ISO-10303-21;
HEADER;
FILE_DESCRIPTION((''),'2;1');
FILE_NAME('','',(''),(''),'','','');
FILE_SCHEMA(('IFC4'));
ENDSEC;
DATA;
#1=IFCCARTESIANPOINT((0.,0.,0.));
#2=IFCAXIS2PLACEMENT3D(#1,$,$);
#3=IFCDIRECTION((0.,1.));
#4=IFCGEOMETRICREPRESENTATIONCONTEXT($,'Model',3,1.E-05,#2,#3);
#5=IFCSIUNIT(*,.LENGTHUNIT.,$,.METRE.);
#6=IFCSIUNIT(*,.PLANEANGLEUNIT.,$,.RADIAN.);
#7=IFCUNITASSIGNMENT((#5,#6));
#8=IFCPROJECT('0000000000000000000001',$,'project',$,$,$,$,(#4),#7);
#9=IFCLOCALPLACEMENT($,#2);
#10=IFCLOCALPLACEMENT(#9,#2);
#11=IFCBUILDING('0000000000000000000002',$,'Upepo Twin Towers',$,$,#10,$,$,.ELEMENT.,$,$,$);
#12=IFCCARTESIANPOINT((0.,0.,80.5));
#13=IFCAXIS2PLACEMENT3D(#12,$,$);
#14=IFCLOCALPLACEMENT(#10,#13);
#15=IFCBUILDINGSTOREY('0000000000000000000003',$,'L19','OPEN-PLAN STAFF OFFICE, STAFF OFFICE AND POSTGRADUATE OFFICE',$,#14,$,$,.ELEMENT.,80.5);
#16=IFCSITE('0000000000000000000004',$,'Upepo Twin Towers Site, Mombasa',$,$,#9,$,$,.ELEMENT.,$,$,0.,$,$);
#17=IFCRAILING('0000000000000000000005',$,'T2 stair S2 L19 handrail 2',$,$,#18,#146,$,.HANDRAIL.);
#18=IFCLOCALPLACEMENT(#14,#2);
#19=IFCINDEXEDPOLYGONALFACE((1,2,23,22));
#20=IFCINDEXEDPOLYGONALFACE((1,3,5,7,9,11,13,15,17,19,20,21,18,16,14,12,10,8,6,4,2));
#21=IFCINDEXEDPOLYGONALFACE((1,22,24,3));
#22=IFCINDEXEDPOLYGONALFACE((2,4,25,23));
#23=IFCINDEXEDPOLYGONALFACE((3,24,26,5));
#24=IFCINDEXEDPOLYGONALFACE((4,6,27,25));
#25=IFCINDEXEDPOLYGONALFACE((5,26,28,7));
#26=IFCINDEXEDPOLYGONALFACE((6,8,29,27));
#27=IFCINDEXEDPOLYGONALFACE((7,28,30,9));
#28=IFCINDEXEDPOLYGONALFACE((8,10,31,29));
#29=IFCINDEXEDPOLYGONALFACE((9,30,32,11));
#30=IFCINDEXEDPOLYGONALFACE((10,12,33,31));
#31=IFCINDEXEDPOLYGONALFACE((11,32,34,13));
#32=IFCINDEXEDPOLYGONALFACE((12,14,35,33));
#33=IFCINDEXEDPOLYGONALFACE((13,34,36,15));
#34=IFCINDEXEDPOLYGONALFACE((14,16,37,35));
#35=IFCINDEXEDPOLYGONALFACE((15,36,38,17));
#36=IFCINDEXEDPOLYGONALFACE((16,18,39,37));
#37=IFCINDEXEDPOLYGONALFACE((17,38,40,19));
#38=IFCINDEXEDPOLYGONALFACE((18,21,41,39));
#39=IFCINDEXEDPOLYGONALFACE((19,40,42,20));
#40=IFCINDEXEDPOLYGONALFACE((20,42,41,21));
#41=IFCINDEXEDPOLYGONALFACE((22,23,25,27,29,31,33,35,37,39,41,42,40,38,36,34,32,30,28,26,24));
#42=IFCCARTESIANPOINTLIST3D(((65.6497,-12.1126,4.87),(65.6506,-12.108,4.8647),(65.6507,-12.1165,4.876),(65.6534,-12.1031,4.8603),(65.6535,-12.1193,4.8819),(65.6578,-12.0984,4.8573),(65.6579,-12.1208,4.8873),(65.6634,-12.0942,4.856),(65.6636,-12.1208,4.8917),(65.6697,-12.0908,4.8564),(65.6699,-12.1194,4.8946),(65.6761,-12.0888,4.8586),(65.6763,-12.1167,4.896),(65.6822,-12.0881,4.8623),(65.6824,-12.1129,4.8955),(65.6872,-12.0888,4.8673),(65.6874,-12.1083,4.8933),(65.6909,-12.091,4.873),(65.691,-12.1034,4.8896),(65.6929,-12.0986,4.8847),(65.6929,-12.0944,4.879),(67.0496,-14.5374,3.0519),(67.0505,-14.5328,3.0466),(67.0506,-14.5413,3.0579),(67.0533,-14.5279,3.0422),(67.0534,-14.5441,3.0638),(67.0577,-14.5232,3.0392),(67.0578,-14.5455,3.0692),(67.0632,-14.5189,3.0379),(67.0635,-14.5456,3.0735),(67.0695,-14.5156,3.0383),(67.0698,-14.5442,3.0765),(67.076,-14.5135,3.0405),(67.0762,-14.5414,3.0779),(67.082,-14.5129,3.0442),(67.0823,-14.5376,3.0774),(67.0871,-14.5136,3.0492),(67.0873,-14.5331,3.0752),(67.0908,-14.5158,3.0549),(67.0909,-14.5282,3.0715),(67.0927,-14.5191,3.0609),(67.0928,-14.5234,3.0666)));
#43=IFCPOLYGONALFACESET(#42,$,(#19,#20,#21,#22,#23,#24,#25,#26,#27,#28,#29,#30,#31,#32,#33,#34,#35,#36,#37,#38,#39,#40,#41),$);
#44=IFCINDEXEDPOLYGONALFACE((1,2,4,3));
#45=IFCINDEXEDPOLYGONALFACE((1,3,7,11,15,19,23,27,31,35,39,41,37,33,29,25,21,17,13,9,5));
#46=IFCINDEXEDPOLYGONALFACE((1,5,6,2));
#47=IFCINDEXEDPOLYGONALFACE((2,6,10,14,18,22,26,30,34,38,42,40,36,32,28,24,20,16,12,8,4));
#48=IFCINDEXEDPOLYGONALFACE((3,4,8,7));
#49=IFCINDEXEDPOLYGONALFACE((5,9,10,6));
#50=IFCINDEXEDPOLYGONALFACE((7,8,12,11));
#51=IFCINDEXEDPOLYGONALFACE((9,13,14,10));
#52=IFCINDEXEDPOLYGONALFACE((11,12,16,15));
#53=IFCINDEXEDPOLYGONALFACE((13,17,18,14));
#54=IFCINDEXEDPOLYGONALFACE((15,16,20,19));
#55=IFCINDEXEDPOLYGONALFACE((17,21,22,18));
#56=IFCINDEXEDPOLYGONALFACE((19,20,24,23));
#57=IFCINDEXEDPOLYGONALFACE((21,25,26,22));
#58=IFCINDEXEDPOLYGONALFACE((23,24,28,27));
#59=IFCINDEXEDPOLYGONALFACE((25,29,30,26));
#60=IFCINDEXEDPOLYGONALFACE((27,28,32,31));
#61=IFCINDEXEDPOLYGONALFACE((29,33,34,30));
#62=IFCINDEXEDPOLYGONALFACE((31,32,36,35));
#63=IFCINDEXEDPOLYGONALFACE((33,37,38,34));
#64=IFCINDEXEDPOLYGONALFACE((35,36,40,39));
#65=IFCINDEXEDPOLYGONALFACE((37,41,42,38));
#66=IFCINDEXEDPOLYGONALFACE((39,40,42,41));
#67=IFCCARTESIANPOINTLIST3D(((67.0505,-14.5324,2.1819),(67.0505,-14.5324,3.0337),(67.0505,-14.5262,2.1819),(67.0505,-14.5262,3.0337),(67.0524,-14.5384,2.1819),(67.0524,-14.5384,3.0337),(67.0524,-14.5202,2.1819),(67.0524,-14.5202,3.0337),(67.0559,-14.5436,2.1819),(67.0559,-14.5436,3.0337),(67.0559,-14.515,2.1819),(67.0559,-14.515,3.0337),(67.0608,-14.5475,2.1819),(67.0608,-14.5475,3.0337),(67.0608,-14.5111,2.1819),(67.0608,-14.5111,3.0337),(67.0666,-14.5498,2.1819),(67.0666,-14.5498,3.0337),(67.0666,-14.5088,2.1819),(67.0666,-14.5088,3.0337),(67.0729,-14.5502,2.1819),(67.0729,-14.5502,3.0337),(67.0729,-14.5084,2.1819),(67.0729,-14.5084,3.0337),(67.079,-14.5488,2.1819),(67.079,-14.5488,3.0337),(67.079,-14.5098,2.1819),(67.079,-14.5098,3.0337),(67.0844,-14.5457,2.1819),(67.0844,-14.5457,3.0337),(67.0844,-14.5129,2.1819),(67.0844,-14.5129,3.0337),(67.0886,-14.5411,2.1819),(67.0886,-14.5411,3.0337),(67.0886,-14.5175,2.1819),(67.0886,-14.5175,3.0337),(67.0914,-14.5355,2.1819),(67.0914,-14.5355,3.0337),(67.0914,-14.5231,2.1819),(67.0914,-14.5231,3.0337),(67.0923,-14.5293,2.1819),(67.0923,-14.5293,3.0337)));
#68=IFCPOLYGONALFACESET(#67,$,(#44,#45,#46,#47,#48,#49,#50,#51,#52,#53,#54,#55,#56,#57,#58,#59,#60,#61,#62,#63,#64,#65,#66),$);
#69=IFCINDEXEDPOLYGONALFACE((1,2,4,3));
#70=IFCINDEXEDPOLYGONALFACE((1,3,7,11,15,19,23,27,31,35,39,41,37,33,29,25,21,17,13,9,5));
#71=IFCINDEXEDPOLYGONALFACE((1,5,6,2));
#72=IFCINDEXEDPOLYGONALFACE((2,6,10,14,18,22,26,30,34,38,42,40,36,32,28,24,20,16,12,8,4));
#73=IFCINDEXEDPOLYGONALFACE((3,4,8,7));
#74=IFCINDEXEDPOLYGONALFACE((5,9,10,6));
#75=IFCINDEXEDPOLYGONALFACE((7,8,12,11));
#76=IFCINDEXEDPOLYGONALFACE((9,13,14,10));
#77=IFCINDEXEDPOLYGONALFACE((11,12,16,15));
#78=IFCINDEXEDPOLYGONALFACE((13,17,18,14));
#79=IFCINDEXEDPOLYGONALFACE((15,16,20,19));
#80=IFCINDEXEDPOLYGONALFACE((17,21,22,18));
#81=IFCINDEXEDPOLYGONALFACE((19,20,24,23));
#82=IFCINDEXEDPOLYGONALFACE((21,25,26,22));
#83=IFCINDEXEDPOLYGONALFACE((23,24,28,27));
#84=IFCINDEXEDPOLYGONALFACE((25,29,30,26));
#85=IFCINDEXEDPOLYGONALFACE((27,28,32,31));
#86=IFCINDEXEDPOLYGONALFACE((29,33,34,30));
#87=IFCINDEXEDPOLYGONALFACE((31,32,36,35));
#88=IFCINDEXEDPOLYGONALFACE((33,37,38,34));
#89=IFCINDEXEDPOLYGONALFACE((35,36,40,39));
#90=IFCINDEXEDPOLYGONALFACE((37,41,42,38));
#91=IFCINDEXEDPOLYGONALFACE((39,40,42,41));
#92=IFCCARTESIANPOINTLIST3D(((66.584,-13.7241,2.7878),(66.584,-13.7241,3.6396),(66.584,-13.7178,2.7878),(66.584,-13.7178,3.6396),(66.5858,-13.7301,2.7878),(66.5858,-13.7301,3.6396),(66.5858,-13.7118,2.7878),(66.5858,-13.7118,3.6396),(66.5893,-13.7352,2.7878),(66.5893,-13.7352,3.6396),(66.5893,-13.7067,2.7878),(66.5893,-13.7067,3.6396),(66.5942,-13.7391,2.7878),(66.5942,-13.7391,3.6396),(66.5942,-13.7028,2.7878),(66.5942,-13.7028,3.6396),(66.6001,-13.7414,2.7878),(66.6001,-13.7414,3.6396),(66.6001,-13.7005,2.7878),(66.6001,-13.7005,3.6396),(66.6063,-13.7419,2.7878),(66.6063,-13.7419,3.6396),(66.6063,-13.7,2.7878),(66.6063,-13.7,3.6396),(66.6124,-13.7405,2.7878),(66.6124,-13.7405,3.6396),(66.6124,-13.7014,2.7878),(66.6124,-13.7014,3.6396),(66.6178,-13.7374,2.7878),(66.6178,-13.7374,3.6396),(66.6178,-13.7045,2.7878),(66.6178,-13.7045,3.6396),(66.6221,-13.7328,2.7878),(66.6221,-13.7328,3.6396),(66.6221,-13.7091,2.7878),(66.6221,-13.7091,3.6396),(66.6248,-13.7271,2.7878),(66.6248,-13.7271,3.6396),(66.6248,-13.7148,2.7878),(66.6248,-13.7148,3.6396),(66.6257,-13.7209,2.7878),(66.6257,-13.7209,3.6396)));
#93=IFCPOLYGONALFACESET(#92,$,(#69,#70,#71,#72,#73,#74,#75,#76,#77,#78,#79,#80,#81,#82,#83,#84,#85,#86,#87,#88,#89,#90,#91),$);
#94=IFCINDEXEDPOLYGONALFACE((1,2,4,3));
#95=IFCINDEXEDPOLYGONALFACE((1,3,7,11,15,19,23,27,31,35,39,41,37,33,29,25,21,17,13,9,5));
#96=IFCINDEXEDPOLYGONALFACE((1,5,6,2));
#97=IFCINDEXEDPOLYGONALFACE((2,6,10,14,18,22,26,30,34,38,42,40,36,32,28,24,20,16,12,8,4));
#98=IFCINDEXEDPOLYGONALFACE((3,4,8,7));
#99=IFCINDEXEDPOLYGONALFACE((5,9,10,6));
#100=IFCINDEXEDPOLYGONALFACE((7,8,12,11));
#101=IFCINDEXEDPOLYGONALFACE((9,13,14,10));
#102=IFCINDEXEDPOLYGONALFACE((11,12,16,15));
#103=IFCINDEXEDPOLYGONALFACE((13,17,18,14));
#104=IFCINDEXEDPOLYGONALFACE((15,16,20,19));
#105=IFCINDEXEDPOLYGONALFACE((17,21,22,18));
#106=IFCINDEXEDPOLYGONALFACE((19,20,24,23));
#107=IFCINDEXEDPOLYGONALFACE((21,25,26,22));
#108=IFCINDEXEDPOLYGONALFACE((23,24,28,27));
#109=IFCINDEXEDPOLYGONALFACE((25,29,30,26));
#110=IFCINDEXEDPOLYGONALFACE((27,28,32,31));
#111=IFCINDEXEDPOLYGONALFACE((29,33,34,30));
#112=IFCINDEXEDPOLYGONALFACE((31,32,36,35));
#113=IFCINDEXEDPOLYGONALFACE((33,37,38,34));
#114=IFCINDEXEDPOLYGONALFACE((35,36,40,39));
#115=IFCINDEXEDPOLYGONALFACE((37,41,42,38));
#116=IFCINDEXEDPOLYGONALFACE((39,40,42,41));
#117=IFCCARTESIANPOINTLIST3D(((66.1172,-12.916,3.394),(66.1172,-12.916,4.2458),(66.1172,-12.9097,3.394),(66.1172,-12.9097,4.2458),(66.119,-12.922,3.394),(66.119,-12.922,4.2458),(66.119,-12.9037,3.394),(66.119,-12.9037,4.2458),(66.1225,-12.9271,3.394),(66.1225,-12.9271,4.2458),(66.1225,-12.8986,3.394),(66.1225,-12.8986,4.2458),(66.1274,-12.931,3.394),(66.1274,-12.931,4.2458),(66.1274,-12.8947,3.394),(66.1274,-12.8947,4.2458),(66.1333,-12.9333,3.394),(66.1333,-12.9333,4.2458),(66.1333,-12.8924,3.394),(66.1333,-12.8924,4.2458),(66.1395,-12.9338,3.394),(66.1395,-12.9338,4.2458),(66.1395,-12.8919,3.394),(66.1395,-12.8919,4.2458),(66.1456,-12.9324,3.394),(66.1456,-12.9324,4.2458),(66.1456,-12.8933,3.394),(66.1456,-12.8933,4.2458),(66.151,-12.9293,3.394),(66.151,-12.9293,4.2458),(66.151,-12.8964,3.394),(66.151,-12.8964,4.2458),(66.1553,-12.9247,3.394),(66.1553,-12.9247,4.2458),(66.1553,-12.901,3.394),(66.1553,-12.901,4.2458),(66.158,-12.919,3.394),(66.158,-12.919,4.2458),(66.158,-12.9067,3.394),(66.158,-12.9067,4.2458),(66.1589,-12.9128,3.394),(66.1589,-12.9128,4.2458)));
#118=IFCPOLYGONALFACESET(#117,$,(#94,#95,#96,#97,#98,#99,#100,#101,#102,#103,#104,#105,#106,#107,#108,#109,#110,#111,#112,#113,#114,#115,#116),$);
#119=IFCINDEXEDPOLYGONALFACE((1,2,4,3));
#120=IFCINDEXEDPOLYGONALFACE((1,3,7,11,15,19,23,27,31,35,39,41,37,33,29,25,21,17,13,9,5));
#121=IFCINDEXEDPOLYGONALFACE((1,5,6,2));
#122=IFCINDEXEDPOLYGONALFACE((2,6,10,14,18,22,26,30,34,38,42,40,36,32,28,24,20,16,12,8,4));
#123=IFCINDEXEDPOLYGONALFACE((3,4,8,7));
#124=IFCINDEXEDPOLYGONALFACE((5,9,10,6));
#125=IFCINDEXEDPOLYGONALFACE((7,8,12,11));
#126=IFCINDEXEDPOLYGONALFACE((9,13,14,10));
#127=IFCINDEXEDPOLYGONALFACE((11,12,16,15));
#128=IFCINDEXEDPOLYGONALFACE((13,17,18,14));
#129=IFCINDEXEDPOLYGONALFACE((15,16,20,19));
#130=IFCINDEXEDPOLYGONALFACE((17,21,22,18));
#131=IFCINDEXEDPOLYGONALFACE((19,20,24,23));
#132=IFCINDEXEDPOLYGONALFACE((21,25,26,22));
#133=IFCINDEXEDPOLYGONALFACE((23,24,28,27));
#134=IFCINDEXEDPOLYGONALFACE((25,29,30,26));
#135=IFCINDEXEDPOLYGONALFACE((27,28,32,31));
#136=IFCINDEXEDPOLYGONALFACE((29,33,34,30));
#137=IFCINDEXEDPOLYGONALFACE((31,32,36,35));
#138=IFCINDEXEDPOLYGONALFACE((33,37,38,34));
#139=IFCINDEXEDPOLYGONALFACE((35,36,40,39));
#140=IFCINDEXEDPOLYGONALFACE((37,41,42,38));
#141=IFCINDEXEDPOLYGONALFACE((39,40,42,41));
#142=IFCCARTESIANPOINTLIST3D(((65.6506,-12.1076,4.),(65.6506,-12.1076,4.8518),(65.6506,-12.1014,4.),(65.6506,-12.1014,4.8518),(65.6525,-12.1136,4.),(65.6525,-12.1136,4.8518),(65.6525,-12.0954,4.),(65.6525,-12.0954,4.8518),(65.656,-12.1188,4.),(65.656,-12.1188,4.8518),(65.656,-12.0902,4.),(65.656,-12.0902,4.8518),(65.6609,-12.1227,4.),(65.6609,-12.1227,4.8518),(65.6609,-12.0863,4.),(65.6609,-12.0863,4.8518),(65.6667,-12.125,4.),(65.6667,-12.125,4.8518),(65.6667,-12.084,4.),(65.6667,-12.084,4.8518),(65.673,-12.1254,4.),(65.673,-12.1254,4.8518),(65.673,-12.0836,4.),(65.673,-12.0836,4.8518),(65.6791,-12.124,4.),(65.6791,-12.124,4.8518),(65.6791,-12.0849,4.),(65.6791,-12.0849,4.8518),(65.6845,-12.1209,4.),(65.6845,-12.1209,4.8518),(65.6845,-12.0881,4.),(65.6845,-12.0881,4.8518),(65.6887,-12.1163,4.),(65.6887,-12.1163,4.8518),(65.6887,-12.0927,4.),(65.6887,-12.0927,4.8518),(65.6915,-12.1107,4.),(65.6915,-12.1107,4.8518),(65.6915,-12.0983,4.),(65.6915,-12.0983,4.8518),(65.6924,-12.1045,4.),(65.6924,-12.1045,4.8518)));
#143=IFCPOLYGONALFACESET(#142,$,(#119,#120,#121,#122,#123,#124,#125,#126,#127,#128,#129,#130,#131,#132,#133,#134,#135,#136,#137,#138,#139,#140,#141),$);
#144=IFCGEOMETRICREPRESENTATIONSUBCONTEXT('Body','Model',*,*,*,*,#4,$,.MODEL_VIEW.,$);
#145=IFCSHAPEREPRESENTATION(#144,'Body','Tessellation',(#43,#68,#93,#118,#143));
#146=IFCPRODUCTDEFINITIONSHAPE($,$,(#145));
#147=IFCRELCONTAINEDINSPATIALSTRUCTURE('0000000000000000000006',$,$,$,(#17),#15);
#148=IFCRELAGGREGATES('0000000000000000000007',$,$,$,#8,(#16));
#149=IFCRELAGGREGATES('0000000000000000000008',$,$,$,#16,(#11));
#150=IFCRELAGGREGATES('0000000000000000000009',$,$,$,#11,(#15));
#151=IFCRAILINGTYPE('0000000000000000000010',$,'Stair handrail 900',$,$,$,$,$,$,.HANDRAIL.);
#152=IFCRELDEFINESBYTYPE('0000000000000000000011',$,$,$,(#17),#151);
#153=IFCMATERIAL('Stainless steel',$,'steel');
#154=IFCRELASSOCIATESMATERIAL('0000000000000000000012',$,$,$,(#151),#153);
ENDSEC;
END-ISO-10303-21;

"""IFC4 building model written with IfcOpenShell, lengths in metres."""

from ifc_helpers import new_model, si_unit, direction, frame, origin, origin_2d, place, context, subcontext, project, spatial, circle, extrude, material, type_object, element, save


model = new_model("IFC4")

# Units and contexts
model_context = context("Model", 3, precision=1e-05, world=origin(), true_north=direction((0.0, 1.0)))
body_context = subcontext(model_context, "Body", "Model", "MODEL_VIEW")
ifc_project = project(units=[si_unit("LENGTHUNIT", "METRE"), si_unit("PLANEANGLEUNIT", "RADIAN")], contexts=[model_context])

# Site, building, storey
site_placement = place(None, origin())
site = spatial("IfcSite", under=ifc_project, at=site_placement, Name="Upepo Twin Towers Site, Mombasa", CompositionType="ELEMENT", RefElevation=0.0)
building_placement = place(site_placement, origin())
building = spatial("IfcBuilding", under=site, at=building_placement, Name="Upepo Twin Towers", CompositionType="ELEMENT")
storey_placement = place(building_placement, frame((0.0, 0.0, 80.5)))
storey = spatial("IfcBuildingStorey", under=building, at=storey_placement, Name="L19", Description="OPEN-PLAN STAFF OFFICE, STAFF OFFICE AND POSTGRADUATE OFFICE", CompositionType="ELEMENT", Elevation=80.5)

# Railing
ifc_material_1 = material(Name="Stainless steel", Category="steel")
railing_type = type_object("IfcRailingType", Name="Stair handrail 900", PredefinedType="HANDRAIL", material=ifc_material_1)
railing_1_placement = place(storey_placement, frame((67.0713, -14.5293, 2.1819)))
element("IfcRailing", 1, at=railing_1_placement, inside=storey, type_object=railing_type, Name="T2 stair S2 L19 handrail 2", PredefinedType="HANDRAIL", context=body_context, shape_type="SweptSolid", body=[
    extrude(circle(Radius=0.0239, at=origin_2d()), frame((0.0, 0.0, 0.876), z_axis=(-0.419333, 0.726336, 0.544606), x_axis=(-0.866035, -0.499984, 0.0)), (0.0, 0.0, 1.0), 3.3384),
    extrude(circle(Radius=0.021, at=origin_2d()), origin(), (0.0, 0.0, 1.0), 0.8518),
    extrude(circle(Radius=0.021, at=origin_2d()), frame((-0.4666, 0.8083, 0.606)), (0.0, 0.0, 1.0), 0.8518),
    extrude(circle(Radius=0.021, at=origin_2d()), frame((-0.9333, 1.6165, 1.2122)), (0.0, 0.0, 1.0), 0.8518),
    extrude(circle(Radius=0.021, at=origin_2d()), frame((-1.3999, 2.4248, 1.8181)), (0.0, 0.0, 1.0), 0.8518),
])

save(model, "model.ifc")
